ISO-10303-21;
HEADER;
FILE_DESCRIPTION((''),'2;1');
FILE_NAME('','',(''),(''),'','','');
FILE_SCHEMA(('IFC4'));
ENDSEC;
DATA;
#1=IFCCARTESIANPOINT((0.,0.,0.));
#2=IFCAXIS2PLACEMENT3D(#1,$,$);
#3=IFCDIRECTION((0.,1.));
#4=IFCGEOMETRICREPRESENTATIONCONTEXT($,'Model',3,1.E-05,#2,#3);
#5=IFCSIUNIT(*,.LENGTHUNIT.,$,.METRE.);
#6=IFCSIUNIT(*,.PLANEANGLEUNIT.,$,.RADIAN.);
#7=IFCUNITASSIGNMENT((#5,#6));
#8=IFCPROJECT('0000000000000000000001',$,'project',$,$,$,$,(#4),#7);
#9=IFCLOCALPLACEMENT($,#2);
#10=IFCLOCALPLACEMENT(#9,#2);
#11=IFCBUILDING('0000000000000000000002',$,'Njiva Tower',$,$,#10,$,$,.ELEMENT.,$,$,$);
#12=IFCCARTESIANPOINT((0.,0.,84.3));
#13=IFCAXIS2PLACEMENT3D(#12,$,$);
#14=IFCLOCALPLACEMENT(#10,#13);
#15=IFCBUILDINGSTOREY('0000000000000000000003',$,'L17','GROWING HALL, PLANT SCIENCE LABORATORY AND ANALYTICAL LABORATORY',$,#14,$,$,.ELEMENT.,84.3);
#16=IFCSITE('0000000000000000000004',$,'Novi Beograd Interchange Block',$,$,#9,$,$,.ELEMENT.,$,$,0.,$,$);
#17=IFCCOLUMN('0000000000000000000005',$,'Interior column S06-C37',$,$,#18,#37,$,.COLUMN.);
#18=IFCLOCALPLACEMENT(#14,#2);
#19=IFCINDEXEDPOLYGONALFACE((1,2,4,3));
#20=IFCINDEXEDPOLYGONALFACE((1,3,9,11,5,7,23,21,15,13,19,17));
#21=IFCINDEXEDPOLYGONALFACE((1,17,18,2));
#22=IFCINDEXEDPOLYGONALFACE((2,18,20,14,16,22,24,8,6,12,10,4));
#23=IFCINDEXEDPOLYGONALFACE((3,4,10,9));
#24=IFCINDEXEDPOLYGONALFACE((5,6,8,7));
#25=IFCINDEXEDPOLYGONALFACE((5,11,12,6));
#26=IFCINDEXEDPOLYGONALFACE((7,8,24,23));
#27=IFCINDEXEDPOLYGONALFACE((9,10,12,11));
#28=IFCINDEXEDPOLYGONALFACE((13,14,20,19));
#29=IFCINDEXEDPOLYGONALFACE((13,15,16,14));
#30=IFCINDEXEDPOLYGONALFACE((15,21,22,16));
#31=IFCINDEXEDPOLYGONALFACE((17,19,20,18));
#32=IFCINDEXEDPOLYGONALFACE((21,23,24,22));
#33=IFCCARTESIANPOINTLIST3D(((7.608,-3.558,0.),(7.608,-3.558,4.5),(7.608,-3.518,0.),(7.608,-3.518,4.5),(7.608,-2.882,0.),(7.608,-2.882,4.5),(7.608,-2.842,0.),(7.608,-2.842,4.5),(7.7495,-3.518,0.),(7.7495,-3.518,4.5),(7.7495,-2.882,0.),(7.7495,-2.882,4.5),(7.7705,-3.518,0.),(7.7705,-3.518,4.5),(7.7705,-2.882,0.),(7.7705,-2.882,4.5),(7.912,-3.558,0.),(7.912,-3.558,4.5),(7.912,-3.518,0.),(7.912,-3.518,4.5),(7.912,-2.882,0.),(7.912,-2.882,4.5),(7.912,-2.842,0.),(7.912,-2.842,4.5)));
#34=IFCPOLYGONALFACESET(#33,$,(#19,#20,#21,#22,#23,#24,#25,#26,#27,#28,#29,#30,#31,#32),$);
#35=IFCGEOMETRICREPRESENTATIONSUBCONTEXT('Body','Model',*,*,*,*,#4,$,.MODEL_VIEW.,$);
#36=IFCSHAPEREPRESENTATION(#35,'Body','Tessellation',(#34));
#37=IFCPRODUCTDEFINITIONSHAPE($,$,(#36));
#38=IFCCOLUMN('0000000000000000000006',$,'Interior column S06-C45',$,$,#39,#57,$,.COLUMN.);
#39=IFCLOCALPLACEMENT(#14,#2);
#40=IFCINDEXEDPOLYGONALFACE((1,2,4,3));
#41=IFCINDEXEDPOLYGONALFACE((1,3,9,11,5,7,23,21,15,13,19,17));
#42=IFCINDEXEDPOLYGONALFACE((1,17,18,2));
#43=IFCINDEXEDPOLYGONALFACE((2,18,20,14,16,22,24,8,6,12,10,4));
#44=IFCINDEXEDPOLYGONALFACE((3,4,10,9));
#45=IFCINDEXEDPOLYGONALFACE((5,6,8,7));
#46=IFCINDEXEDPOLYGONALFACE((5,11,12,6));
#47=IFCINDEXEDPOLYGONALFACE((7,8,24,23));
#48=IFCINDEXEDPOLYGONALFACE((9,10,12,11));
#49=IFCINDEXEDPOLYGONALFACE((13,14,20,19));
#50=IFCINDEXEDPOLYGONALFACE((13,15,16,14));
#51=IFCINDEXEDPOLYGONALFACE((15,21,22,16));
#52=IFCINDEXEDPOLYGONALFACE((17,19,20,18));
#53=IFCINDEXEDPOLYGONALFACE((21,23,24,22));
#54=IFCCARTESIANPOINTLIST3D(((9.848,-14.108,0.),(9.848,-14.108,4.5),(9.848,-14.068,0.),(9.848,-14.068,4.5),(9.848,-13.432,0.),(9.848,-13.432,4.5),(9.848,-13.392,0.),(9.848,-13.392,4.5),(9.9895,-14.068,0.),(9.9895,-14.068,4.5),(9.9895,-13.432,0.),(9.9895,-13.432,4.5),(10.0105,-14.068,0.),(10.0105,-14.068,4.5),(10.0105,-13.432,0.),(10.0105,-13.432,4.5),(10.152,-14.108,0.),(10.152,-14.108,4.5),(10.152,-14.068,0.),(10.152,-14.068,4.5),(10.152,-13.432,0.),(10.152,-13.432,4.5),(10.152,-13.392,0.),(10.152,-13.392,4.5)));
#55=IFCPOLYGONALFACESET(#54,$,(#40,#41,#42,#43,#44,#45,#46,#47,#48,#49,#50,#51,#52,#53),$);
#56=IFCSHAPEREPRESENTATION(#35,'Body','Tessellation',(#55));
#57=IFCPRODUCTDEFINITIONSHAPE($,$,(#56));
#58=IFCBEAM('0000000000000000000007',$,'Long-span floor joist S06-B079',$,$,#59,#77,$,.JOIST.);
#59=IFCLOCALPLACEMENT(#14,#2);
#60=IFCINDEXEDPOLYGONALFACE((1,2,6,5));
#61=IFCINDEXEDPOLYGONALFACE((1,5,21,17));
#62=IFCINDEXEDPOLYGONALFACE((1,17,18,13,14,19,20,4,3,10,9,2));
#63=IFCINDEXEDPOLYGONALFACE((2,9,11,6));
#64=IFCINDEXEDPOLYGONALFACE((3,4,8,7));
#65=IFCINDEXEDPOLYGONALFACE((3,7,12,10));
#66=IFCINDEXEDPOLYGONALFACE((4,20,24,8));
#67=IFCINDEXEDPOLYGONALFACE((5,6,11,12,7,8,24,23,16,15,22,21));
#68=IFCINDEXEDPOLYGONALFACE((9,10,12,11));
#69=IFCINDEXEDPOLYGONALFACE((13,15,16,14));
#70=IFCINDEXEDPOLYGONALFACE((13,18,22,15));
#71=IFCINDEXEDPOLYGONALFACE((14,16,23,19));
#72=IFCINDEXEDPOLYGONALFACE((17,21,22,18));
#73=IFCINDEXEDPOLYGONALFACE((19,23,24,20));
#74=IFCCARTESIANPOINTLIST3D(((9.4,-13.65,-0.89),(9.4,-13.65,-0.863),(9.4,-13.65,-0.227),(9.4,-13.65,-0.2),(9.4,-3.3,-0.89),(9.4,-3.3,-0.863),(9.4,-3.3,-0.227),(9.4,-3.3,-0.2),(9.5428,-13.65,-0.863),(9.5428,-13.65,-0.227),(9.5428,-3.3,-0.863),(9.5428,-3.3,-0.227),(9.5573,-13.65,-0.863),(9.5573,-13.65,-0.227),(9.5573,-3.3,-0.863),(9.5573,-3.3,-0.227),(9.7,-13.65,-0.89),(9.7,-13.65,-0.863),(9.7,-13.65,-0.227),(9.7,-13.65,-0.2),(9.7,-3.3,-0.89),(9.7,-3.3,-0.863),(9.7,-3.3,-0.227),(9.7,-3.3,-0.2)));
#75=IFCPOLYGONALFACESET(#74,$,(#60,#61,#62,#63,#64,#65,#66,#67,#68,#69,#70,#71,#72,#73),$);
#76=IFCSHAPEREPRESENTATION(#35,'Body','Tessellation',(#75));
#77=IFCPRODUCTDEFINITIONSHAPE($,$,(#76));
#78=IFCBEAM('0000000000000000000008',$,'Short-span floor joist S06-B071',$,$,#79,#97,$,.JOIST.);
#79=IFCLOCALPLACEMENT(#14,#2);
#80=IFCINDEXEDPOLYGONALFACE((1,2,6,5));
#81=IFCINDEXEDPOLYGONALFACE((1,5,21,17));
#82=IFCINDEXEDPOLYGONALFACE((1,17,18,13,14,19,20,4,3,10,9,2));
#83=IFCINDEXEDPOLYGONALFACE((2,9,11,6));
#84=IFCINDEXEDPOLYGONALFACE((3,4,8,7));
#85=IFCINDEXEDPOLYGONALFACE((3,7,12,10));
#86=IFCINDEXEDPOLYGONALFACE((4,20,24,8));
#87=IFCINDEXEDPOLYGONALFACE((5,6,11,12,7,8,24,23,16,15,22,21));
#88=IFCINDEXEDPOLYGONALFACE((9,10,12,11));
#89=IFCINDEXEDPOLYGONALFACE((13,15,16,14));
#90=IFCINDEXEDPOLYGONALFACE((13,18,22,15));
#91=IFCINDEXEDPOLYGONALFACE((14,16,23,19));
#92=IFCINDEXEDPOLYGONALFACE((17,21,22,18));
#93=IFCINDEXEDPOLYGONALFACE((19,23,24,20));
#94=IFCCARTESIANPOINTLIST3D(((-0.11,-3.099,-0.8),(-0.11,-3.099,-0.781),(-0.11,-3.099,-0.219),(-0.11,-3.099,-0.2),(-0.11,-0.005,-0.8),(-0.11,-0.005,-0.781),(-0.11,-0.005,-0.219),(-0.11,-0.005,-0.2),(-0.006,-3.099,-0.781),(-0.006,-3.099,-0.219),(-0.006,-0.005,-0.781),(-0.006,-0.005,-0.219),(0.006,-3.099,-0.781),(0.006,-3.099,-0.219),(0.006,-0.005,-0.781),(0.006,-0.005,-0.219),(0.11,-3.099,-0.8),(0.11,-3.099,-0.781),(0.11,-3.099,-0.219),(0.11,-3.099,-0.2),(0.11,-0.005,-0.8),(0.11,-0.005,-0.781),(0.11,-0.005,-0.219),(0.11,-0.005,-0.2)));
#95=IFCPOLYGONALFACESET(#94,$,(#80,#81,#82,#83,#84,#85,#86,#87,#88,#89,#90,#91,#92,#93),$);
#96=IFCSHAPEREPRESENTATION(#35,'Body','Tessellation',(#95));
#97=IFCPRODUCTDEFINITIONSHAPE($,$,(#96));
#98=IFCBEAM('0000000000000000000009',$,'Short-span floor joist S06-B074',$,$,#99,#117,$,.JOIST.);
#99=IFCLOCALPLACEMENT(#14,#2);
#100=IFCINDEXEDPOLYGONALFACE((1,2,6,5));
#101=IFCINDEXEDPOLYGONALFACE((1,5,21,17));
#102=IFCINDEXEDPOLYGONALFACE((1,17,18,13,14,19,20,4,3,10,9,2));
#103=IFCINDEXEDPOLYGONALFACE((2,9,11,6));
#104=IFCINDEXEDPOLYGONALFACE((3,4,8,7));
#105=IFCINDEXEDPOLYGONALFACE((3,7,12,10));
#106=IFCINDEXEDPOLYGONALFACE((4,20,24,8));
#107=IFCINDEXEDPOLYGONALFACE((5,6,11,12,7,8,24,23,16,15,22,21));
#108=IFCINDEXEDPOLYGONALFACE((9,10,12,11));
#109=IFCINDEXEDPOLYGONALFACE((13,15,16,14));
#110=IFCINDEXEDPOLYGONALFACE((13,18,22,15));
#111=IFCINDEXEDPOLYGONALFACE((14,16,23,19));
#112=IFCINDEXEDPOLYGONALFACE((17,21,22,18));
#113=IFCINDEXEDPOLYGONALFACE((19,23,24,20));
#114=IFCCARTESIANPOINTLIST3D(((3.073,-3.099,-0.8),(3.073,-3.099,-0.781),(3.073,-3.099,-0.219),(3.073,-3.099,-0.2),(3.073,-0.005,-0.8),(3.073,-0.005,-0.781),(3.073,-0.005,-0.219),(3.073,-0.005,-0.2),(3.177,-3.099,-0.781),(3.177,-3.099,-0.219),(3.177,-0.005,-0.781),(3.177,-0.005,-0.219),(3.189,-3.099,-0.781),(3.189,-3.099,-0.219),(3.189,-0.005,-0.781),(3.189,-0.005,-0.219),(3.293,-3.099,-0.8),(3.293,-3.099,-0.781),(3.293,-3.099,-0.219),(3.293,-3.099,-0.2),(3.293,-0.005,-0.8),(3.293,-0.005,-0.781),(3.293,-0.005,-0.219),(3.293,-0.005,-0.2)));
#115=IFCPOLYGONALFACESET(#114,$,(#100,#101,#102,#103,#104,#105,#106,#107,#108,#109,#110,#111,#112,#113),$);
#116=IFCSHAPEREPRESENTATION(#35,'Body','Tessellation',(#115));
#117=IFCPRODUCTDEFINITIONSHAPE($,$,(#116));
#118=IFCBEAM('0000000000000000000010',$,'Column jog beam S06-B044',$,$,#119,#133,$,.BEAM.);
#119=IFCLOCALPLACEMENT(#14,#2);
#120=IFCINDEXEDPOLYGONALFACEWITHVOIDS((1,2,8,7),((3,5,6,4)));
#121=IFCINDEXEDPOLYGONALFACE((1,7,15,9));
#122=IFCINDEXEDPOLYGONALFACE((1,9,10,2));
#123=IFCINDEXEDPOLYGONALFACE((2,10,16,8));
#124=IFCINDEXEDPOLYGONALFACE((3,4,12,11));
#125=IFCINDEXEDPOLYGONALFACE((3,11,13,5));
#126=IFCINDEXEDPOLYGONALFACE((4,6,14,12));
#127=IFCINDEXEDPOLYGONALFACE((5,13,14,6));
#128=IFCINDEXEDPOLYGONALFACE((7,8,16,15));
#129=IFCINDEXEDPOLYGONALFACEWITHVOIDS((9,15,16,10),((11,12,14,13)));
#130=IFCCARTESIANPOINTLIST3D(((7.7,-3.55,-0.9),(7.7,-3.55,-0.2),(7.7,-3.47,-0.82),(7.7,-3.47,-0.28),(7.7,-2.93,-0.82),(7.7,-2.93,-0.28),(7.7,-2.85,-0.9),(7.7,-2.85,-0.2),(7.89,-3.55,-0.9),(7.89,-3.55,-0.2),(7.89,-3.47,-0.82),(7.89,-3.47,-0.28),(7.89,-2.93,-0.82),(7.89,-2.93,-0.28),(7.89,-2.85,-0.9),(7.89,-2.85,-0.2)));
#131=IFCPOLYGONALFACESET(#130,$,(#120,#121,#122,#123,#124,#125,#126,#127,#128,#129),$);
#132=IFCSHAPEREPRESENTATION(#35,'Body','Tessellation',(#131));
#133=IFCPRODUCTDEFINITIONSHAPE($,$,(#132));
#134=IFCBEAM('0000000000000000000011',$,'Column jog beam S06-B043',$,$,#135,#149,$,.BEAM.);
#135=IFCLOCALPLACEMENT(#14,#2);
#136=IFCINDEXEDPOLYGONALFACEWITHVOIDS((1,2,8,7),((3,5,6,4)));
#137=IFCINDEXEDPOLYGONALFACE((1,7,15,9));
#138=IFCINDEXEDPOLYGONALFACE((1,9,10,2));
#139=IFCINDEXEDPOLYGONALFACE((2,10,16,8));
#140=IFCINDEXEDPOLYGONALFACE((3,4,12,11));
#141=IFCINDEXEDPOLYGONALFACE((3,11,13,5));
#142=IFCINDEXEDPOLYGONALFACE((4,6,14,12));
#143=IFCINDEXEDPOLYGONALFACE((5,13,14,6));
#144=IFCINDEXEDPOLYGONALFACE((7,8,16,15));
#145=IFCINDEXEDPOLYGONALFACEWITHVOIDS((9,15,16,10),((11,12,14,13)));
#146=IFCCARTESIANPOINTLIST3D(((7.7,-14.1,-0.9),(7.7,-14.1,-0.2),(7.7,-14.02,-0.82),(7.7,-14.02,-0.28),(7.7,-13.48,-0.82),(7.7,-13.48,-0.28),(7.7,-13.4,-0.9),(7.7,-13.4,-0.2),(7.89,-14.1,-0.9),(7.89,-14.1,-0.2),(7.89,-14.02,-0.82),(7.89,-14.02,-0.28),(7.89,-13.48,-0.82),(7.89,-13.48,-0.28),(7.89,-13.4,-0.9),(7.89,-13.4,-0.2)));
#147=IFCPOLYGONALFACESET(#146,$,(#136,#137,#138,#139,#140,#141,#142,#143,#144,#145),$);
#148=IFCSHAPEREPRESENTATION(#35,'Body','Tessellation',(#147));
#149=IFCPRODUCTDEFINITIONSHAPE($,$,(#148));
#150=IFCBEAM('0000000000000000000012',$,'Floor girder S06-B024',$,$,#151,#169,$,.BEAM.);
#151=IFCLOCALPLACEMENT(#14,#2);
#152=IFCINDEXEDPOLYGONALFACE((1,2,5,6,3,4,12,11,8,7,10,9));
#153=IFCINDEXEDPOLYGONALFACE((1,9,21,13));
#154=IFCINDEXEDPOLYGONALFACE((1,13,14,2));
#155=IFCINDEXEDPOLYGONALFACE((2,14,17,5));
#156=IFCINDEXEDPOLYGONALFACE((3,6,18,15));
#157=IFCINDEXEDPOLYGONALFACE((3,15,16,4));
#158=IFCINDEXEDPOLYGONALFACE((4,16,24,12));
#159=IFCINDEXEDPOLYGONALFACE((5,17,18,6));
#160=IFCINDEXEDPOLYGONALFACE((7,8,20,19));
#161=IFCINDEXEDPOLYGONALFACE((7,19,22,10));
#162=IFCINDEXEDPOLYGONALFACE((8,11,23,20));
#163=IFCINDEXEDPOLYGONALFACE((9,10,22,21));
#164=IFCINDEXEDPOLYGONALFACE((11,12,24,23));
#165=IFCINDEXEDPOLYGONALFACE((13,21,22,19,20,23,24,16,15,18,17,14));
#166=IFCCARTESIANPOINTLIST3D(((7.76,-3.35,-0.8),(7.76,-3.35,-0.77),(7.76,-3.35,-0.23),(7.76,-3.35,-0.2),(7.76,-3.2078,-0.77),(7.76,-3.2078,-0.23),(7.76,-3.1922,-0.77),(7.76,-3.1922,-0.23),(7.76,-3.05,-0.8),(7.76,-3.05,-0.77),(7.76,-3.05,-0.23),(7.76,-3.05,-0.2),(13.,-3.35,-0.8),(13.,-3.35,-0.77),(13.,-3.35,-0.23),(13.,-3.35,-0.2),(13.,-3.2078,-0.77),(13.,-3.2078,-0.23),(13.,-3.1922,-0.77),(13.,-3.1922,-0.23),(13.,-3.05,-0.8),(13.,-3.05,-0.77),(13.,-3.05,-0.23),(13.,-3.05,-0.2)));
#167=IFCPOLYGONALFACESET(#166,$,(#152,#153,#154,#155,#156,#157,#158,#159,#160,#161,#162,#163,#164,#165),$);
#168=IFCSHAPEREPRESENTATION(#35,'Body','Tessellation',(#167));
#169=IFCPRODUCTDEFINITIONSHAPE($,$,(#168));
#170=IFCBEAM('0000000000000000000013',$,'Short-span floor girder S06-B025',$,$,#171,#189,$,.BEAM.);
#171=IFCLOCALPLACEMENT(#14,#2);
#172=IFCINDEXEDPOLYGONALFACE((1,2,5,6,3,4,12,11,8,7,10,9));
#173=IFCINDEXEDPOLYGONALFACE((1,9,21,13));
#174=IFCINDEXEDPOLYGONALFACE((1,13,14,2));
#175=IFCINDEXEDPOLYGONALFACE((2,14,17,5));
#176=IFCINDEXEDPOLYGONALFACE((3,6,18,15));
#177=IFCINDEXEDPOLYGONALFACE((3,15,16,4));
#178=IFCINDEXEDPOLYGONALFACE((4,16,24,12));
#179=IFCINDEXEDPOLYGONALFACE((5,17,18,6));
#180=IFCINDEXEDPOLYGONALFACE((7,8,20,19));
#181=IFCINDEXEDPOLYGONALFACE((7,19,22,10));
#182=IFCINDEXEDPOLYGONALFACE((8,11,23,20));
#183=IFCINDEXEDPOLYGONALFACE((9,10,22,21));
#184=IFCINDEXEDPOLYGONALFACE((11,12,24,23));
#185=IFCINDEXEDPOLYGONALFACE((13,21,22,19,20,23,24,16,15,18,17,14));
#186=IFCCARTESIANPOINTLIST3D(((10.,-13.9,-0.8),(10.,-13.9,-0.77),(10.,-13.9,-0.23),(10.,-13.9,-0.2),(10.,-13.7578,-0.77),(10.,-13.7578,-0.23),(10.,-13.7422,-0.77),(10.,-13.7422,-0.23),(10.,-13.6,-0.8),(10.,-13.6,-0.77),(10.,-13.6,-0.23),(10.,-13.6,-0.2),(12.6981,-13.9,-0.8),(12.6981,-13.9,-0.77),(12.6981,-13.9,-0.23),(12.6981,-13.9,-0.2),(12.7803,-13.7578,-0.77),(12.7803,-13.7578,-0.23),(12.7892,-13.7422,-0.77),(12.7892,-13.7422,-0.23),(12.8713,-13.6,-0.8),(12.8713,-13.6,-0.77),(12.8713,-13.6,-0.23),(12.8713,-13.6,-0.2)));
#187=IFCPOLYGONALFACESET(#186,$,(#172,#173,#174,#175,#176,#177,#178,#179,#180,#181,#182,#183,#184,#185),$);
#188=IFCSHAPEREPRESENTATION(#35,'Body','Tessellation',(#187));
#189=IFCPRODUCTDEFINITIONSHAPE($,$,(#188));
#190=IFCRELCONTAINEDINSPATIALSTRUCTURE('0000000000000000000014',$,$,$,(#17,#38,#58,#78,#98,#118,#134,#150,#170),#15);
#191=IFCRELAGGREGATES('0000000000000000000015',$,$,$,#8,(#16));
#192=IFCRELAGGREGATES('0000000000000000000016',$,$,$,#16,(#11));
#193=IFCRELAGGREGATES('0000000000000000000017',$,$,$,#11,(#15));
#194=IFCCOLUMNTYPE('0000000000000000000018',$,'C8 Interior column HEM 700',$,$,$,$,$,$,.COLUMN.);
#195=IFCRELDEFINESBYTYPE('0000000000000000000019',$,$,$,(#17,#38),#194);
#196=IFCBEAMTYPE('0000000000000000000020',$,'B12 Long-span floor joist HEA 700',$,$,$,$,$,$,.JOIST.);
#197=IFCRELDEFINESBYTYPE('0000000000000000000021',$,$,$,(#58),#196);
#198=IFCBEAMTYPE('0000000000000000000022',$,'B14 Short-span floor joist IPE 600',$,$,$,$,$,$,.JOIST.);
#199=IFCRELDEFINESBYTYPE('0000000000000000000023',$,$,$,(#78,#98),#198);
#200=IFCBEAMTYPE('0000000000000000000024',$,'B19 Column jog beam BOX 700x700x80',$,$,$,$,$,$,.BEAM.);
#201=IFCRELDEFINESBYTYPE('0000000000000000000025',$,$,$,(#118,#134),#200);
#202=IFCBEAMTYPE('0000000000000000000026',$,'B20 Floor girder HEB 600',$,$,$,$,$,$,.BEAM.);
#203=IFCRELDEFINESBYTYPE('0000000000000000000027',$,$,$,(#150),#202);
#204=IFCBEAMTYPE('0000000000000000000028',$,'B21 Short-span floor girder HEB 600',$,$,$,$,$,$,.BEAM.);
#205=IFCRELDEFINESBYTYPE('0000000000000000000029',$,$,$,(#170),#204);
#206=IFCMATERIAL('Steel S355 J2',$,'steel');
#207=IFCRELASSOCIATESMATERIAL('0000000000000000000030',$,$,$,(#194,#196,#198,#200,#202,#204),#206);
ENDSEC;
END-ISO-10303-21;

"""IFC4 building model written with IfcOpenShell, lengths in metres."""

from ifc_helpers import new_model, si_unit, direction, frame, origin, origin_2d, place, context, subcontext, project, spatial, hollow_rectangle, i_section, extrude, clip, halfspace, material, material_profile, profile_set, type_object, element, save


model = new_model("IFC4")

# Units and contexts
model_context = context("Model", 3, precision=1e-05, world=origin(), true_north=direction((0.0, 1.0)))
body_context = subcontext(model_context, "Body", "Model", "MODEL_VIEW")
ifc_project = project(units=[si_unit("LENGTHUNIT", "METRE"), si_unit("PLANEANGLEUNIT", "RADIAN")], contexts=[model_context])

# Site, building, storey
site_placement = place(None, origin())
site = spatial("IfcSite", under=ifc_project, at=site_placement, Name="Novi Beograd Interchange Block", CompositionType="ELEMENT", RefElevation=0.0)
building_placement = place(site_placement, origin())
building = spatial("IfcBuilding", under=site, at=building_placement, Name="Njiva Tower", CompositionType="ELEMENT")
storey_placement = place(building_placement, frame((0.0, 0.0, 84.3)))
storey = spatial("IfcBuildingStorey", under=building, at=storey_placement, Name="L17", Description="GROWING HALL, PLANT SCIENCE LABORATORY AND ANALYTICAL LABORATORY", CompositionType="ELEMENT", Elevation=84.3)

# Columns
ifc_material_1 = material(Name="Steel S355 J2", Category="steel")
ifc_material_profile_1 = material_profile(ifc_material_1, i_section(OverallWidth=0.304, OverallDepth=0.716, WebThickness=0.021, FlangeThickness=0.04, at=origin_2d()), Name="HEM 700")
ifc_profile_set_1 = profile_set([ifc_material_profile_1], Name="Steel S355 J2")
column_type = type_object("IfcColumnType", Name="C8 Interior column HEM 700", PredefinedType="COLUMN", material=ifc_profile_set_1)
for number, where, z_axis, x_axis, name in (
    (1, (7.76, -3.2, 0.0), (0.0, 0.0, 1.0), (1.0, 0.0, 0.0), "Interior column S06-C37"),
    (2, (10.0, -13.75, 0.0), (0.0, 0.0, 1.0), (1.0, 0.0, 0.0), "Interior column S06-C45"),
):
    element("IfcColumn", number, at=place(storey_placement, frame(where, z_axis=z_axis, x_axis=x_axis)), inside=storey, type_object=column_type, Name=name, PredefinedType="COLUMN", context=body_context, shape_type="SweptSolid", body=[
        extrude(i_section(OverallWidth=0.304, OverallDepth=0.716, WebThickness=0.021, FlangeThickness=0.04, at=origin_2d()), origin(), (0.0, 0.0, 1.0), 4.5),
    ])

# Beams
ifc_material_profile_2 = material_profile(ifc_material_1, i_section(OverallWidth=0.3, OverallDepth=0.69, WebThickness=0.0145, FlangeThickness=0.027, at=origin_2d()), Name="HEA 700")
ifc_profile_set_2 = profile_set([ifc_material_profile_2], Name="Steel S355 J2")
beam_type_1 = type_object("IfcBeamType", Name="B12 Long-span floor joist HEA 700", PredefinedType="JOIST", material=ifc_profile_set_2)
beam_1_placement = place(storey_placement, frame((9.55, -3.3, -0.545), z_axis=(0.0, -1.0, 0.0), x_axis=(1.0, 0.0, 0.0)))
element("IfcBeam", 3, at=beam_1_placement, inside=storey, type_object=beam_type_1, Name="Long-span floor joist S06-B079", PredefinedType="JOIST", context=body_context, shape_type="SweptSolid", body=[
    extrude(i_section(OverallWidth=0.3, OverallDepth=0.69, WebThickness=0.0145, FlangeThickness=0.027, at=origin_2d()), origin(), (0.0, 0.0, 1.0), 10.35),
])
ifc_material_profile_3 = material_profile(ifc_material_1, i_section(OverallWidth=0.22, OverallDepth=0.6, WebThickness=0.012, FlangeThickness=0.019, at=origin_2d()), Name="IPE 600")
ifc_profile_set_3 = profile_set([ifc_material_profile_3], Name="Steel S355 J2")
beam_type_2 = type_object("IfcBeamType", Name="B14 Short-span floor joist IPE 600", PredefinedType="JOIST", material=ifc_profile_set_3)
for number, where, z_axis, x_axis, name in (
    (4, (0.0, -0.005, -0.5), (0.0, -1.0, 0.0), (1.0, 0.0, 0.0), "Short-span floor joist S06-B071"),
    (5, (3.183, -0.005, -0.5), (0.0, -1.0, 0.0), (1.0, 0.0, 0.0), "Short-span floor joist S06-B074"),
):
    element("IfcBeam", number, at=place(storey_placement, frame(where, z_axis=z_axis, x_axis=x_axis)), inside=storey, type_object=beam_type_2, Name=name, PredefinedType="JOIST", context=body_context, shape_type="SweptSolid", body=[
        extrude(i_section(OverallWidth=0.22, OverallDepth=0.6, WebThickness=0.012, FlangeThickness=0.019, at=origin_2d()), origin(), (0.0, 0.0, 1.0), 3.094),
    ])
ifc_material_profile_4 = material_profile(ifc_material_1, hollow_rectangle(XDim=0.7, YDim=0.7, WallThickness=0.08, at=origin_2d()), Name="BOX 700x700x80")
ifc_profile_set_4 = profile_set([ifc_material_profile_4], Name="Steel S355 J2")
beam_type_3 = type_object("IfcBeamType", Name="B19 Column jog beam BOX 700x700x80", PredefinedType="BEAM", material=ifc_profile_set_4)
for number, where, z_axis, x_axis, name in (
    (6, (7.89, -3.2, -0.55), (-1.0, 0.0, 0.0), (0.0, -1.0, 0.0), "Column jog beam S06-B044"),
    (7, (7.89, -13.75, -0.55), (-1.0, 0.0, 0.0), (0.0, -1.0, 0.0), "Column jog beam S06-B043"),
):
    element("IfcBeam", number, at=place(storey_placement, frame(where, z_axis=z_axis, x_axis=x_axis)), inside=storey, type_object=beam_type_3, Name=name, PredefinedType="BEAM", context=body_context, shape_type="SweptSolid", body=[
        extrude(hollow_rectangle(XDim=0.7, YDim=0.7, WallThickness=0.08, at=origin_2d()), origin(), (0.0, 0.0, 1.0), 0.19),
    ])
ifc_material_profile_5 = material_profile(ifc_material_1, i_section(OverallWidth=0.3, OverallDepth=0.6, WebThickness=0.0155, FlangeThickness=0.03, at=origin_2d()), Name="HEB 600")
ifc_profile_set_5 = profile_set([ifc_material_profile_5], Name="Steel S355 J2")
beam_type_4 = type_object("IfcBeamType", Name="B20 Floor girder HEB 600", PredefinedType="BEAM", material=ifc_profile_set_5)
beam_2_placement = place(storey_placement, frame((7.76, -3.2, -0.5), z_axis=(1.0, 0.0, 0.0), x_axis=(0.0, 1.0, 0.0)))
element("IfcBeam", 8, at=beam_2_placement, inside=storey, type_object=beam_type_4, Name="Floor girder S06-B024", PredefinedType="BEAM", context=body_context, shape_type="SweptSolid", body=[
    extrude(i_section(OverallWidth=0.3, OverallDepth=0.6, WebThickness=0.0155, FlangeThickness=0.03, at=origin_2d()), origin(), (0.0, 0.0, 1.0), 5.24),
])
ifc_material_profile_6 = material_profile(ifc_material_1, i_section(OverallWidth=0.3, OverallDepth=0.6, WebThickness=0.0155, FlangeThickness=0.03, at=origin_2d()), Name="HEB 600")
ifc_profile_set_6 = profile_set([ifc_material_profile_6], Name="Steel S355 J2")
beam_type_5 = type_object("IfcBeamType", Name="B21 Short-span floor girder HEB 600", PredefinedType="BEAM", material=ifc_profile_set_6)
beam_3_placement = place(storey_placement, frame((10.0, -13.75, -0.5), z_axis=(1.0, 0.0, 0.0), x_axis=(0.0, 1.0, 0.0)))
element("IfcBeam", 9, at=beam_3_placement, inside=storey, type_object=beam_type_5, Name="Short-span floor girder S06-B025", PredefinedType="BEAM", context=body_context, shape_type="Clipping", body=[
    clip(extrude(i_section(OverallWidth=0.3, OverallDepth=0.6, WebThickness=0.0155, FlangeThickness=0.03, at=origin_2d()), origin(), (0.0, 0.0, 1.0), 2.892), halfspace(frame((-0.025, 0.0, 2.7703), z_axis=(-0.499998, 0.0, 0.866027), x_axis=(0.0, 1.0, 0.0)), False)),
])

save(model, "model.ifc")
